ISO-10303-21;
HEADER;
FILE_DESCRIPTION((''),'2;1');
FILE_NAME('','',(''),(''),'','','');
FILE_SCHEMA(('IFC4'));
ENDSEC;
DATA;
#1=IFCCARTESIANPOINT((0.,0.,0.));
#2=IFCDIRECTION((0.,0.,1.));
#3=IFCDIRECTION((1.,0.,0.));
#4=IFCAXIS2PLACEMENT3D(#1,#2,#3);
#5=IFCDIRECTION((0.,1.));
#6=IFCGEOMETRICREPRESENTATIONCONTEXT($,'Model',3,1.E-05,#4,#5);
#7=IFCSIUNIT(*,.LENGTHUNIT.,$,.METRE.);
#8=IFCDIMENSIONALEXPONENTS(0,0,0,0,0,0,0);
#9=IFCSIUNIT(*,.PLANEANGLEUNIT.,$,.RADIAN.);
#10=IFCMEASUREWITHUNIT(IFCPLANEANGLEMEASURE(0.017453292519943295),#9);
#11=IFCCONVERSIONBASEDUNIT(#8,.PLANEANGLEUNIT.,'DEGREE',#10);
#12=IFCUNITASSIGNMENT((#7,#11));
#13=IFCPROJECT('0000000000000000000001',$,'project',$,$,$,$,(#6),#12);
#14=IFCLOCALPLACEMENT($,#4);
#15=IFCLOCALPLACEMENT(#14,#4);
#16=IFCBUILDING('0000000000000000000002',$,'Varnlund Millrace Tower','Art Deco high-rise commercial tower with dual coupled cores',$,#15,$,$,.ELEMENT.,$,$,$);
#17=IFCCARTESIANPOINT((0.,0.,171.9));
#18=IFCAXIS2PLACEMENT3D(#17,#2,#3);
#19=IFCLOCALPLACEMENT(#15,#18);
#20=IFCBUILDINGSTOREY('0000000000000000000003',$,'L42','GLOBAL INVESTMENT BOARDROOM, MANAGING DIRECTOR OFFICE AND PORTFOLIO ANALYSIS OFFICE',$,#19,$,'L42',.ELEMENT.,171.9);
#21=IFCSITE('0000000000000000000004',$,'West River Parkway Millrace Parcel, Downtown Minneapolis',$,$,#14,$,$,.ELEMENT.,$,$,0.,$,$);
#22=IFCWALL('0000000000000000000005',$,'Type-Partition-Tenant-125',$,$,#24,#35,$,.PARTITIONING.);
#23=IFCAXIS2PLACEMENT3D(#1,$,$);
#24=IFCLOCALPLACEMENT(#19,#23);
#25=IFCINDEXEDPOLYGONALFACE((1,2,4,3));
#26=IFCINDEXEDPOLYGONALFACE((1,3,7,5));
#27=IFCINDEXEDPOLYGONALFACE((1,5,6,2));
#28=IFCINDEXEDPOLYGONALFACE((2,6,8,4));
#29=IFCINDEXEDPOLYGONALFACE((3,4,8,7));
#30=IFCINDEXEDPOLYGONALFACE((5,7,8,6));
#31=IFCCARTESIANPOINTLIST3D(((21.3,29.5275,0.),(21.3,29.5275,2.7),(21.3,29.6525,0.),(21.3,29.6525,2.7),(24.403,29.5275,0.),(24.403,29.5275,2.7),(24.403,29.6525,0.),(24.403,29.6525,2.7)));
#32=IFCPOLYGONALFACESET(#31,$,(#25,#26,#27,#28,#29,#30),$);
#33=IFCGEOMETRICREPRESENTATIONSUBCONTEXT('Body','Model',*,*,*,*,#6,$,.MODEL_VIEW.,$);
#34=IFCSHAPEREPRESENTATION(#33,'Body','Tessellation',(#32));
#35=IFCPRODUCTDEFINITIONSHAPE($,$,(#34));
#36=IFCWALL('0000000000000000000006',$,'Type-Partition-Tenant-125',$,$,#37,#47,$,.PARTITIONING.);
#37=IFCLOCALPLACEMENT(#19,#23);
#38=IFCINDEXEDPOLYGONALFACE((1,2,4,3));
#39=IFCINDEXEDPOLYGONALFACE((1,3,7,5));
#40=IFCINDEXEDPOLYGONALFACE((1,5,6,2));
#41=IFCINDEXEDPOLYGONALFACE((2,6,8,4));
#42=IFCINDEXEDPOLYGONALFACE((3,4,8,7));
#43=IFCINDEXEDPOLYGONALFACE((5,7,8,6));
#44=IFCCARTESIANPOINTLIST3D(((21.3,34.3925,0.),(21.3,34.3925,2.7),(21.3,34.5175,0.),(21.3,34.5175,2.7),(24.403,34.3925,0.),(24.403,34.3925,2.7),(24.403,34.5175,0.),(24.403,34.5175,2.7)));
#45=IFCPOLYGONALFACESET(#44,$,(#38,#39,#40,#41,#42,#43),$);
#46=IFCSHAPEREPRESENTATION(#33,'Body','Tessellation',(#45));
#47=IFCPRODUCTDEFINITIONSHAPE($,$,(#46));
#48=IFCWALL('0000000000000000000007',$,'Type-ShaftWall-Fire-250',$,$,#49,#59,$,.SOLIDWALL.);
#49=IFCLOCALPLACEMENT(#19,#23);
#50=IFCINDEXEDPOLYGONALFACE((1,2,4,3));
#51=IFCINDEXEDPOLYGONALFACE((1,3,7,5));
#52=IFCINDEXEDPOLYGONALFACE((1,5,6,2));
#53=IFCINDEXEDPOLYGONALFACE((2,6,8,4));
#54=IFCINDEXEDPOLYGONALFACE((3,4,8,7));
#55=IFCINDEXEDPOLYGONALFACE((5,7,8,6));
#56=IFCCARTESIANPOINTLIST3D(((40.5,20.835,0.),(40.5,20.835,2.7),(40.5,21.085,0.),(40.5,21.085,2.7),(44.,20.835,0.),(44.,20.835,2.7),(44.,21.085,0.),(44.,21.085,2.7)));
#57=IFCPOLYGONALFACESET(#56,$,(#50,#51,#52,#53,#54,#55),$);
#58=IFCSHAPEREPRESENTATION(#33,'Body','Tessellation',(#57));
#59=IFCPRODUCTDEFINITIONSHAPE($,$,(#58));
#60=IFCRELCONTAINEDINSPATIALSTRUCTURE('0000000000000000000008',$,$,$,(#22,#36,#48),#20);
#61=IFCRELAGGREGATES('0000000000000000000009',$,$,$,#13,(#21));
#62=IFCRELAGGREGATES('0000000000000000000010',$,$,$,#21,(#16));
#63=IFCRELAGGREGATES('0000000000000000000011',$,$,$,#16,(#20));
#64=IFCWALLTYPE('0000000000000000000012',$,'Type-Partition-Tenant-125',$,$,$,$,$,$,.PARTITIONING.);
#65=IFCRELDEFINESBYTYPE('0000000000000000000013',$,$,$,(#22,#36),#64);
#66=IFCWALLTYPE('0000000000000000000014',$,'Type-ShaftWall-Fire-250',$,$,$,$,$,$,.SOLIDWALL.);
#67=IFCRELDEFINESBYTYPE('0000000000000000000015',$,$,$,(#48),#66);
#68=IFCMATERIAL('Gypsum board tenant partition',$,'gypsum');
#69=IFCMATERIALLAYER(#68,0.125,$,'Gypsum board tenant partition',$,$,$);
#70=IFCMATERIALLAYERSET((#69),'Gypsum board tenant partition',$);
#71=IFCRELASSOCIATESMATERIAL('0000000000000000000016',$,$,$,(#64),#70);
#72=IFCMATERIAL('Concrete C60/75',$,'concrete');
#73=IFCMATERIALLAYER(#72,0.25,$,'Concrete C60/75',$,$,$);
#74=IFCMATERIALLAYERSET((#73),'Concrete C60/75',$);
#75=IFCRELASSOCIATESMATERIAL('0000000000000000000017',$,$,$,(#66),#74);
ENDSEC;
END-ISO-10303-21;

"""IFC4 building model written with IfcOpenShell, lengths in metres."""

from ifc_helpers import new_model, entity, si_unit, converted_unit, direction, frame, origin_with_axes, place, context, subcontext, project, spatial, polyline, outline, extrude, material, layer, layer_set, type_object, element, save


model = new_model("IFC4")

# Units and contexts
model_context = context("Model", 3, precision=1e-05, world=origin_with_axes(), true_north=direction((0.0, 1.0)))
body_context = subcontext(model_context, "Body", "Model", "MODEL_VIEW")
ifc_project = project(units=[si_unit("LENGTHUNIT", "METRE"), converted_unit("PLANEANGLEUNIT", "DEGREE", entity("IfcPlaneAngleMeasure", 0.017453292519943295), si_unit("PLANEANGLEUNIT", "RADIAN"), dimensions=[0, 0, 0, 0, 0, 0, 0])], contexts=[model_context])

# Site, building, storey
site_placement = place(None, origin_with_axes())
site = spatial("IfcSite", under=ifc_project, at=site_placement, Name="West River Parkway Millrace Parcel, Downtown Minneapolis", CompositionType="ELEMENT", RefElevation=0.0)
building_placement = place(site_placement, origin_with_axes())
building = spatial("IfcBuilding", under=site, at=building_placement, Name="Varnlund Millrace Tower", Description="Art Deco high-rise commercial tower with dual coupled cores", CompositionType="ELEMENT")
storey_placement = place(building_placement, frame((0.0, 0.0, 171.9), z_axis=(0.0, 0.0, 1.0), x_axis=(1.0, 0.0, 0.0)))
storey = spatial("IfcBuildingStorey", under=building, at=storey_placement, Name="L42", Description="GLOBAL INVESTMENT BOARDROOM, MANAGING DIRECTOR OFFICE AND PORTFOLIO ANALYSIS OFFICE", LongName="L42", CompositionType="ELEMENT", Elevation=171.9)

# Walls
ifc_material_1 = material(Name="Gypsum board tenant partition", Category="gypsum")
ifc_layer_1 = layer(ifc_material_1, 0.125, Name="Gypsum board tenant partition")
ifc_layer_set_1 = layer_set([ifc_layer_1], Name="Gypsum board tenant partition")
wall_type_1 = type_object("IfcWallType", Name="Type-Partition-Tenant-125", PredefinedType="PARTITIONING", material=ifc_layer_set_1)
for number, where, z_axis, x_axis, name in (
    (1, (21.3, 29.59, 0.0), (0.0, 0.0, 1.0), (1.0, 0.0, 0.0), "Type-Partition-Tenant-125"),
    (2, (21.3, 34.455, 0.0), (0.0, 0.0, 1.0), (1.0, 0.0, 0.0), "Type-Partition-Tenant-125"),
):
    element("IfcWall", number, at=place(storey_placement, frame(where, z_axis=z_axis, x_axis=x_axis)), inside=storey, type_object=wall_type_1, Name=name, PredefinedType="PARTITIONING", context=body_context, shape_type="SweptSolid", body=[
        extrude(outline(polyline([(0.0, -0.0625), (3.103, -0.0625), (3.103, 0.0625), (0.0, 0.0625), (0.0, -0.0625)])), origin_with_axes(), (0.0, 0.0, 1.0), 2.7),
    ])
ifc_material_2 = material(Name="Concrete C60/75", Category="concrete")
ifc_layer_2 = layer(ifc_material_2, 0.25, Name="Concrete C60/75")
ifc_layer_set_2 = layer_set([ifc_layer_2], Name="Concrete C60/75")
wall_type_2 = type_object("IfcWallType", Name="Type-ShaftWall-Fire-250", PredefinedType="SOLIDWALL", material=ifc_layer_set_2)
wall_1_placement = place(storey_placement, frame((40.5, 20.96, 0.0), z_axis=(0.0, 0.0, 1.0), x_axis=(1.0, 0.0, 0.0)))
element("IfcWall", 3, at=wall_1_placement, inside=storey, type_object=wall_type_2, Name="Type-ShaftWall-Fire-250", PredefinedType="SOLIDWALL", context=body_context, shape_type="SweptSolid", body=[
    extrude(outline(polyline([(0.0, -0.125), (3.5, -0.125), (3.5, 0.125), (0.0, 0.125), (0.0, -0.125)])), origin_with_axes(), (0.0, 0.0, 1.0), 2.7),
])

save(model, "model.ifc")
